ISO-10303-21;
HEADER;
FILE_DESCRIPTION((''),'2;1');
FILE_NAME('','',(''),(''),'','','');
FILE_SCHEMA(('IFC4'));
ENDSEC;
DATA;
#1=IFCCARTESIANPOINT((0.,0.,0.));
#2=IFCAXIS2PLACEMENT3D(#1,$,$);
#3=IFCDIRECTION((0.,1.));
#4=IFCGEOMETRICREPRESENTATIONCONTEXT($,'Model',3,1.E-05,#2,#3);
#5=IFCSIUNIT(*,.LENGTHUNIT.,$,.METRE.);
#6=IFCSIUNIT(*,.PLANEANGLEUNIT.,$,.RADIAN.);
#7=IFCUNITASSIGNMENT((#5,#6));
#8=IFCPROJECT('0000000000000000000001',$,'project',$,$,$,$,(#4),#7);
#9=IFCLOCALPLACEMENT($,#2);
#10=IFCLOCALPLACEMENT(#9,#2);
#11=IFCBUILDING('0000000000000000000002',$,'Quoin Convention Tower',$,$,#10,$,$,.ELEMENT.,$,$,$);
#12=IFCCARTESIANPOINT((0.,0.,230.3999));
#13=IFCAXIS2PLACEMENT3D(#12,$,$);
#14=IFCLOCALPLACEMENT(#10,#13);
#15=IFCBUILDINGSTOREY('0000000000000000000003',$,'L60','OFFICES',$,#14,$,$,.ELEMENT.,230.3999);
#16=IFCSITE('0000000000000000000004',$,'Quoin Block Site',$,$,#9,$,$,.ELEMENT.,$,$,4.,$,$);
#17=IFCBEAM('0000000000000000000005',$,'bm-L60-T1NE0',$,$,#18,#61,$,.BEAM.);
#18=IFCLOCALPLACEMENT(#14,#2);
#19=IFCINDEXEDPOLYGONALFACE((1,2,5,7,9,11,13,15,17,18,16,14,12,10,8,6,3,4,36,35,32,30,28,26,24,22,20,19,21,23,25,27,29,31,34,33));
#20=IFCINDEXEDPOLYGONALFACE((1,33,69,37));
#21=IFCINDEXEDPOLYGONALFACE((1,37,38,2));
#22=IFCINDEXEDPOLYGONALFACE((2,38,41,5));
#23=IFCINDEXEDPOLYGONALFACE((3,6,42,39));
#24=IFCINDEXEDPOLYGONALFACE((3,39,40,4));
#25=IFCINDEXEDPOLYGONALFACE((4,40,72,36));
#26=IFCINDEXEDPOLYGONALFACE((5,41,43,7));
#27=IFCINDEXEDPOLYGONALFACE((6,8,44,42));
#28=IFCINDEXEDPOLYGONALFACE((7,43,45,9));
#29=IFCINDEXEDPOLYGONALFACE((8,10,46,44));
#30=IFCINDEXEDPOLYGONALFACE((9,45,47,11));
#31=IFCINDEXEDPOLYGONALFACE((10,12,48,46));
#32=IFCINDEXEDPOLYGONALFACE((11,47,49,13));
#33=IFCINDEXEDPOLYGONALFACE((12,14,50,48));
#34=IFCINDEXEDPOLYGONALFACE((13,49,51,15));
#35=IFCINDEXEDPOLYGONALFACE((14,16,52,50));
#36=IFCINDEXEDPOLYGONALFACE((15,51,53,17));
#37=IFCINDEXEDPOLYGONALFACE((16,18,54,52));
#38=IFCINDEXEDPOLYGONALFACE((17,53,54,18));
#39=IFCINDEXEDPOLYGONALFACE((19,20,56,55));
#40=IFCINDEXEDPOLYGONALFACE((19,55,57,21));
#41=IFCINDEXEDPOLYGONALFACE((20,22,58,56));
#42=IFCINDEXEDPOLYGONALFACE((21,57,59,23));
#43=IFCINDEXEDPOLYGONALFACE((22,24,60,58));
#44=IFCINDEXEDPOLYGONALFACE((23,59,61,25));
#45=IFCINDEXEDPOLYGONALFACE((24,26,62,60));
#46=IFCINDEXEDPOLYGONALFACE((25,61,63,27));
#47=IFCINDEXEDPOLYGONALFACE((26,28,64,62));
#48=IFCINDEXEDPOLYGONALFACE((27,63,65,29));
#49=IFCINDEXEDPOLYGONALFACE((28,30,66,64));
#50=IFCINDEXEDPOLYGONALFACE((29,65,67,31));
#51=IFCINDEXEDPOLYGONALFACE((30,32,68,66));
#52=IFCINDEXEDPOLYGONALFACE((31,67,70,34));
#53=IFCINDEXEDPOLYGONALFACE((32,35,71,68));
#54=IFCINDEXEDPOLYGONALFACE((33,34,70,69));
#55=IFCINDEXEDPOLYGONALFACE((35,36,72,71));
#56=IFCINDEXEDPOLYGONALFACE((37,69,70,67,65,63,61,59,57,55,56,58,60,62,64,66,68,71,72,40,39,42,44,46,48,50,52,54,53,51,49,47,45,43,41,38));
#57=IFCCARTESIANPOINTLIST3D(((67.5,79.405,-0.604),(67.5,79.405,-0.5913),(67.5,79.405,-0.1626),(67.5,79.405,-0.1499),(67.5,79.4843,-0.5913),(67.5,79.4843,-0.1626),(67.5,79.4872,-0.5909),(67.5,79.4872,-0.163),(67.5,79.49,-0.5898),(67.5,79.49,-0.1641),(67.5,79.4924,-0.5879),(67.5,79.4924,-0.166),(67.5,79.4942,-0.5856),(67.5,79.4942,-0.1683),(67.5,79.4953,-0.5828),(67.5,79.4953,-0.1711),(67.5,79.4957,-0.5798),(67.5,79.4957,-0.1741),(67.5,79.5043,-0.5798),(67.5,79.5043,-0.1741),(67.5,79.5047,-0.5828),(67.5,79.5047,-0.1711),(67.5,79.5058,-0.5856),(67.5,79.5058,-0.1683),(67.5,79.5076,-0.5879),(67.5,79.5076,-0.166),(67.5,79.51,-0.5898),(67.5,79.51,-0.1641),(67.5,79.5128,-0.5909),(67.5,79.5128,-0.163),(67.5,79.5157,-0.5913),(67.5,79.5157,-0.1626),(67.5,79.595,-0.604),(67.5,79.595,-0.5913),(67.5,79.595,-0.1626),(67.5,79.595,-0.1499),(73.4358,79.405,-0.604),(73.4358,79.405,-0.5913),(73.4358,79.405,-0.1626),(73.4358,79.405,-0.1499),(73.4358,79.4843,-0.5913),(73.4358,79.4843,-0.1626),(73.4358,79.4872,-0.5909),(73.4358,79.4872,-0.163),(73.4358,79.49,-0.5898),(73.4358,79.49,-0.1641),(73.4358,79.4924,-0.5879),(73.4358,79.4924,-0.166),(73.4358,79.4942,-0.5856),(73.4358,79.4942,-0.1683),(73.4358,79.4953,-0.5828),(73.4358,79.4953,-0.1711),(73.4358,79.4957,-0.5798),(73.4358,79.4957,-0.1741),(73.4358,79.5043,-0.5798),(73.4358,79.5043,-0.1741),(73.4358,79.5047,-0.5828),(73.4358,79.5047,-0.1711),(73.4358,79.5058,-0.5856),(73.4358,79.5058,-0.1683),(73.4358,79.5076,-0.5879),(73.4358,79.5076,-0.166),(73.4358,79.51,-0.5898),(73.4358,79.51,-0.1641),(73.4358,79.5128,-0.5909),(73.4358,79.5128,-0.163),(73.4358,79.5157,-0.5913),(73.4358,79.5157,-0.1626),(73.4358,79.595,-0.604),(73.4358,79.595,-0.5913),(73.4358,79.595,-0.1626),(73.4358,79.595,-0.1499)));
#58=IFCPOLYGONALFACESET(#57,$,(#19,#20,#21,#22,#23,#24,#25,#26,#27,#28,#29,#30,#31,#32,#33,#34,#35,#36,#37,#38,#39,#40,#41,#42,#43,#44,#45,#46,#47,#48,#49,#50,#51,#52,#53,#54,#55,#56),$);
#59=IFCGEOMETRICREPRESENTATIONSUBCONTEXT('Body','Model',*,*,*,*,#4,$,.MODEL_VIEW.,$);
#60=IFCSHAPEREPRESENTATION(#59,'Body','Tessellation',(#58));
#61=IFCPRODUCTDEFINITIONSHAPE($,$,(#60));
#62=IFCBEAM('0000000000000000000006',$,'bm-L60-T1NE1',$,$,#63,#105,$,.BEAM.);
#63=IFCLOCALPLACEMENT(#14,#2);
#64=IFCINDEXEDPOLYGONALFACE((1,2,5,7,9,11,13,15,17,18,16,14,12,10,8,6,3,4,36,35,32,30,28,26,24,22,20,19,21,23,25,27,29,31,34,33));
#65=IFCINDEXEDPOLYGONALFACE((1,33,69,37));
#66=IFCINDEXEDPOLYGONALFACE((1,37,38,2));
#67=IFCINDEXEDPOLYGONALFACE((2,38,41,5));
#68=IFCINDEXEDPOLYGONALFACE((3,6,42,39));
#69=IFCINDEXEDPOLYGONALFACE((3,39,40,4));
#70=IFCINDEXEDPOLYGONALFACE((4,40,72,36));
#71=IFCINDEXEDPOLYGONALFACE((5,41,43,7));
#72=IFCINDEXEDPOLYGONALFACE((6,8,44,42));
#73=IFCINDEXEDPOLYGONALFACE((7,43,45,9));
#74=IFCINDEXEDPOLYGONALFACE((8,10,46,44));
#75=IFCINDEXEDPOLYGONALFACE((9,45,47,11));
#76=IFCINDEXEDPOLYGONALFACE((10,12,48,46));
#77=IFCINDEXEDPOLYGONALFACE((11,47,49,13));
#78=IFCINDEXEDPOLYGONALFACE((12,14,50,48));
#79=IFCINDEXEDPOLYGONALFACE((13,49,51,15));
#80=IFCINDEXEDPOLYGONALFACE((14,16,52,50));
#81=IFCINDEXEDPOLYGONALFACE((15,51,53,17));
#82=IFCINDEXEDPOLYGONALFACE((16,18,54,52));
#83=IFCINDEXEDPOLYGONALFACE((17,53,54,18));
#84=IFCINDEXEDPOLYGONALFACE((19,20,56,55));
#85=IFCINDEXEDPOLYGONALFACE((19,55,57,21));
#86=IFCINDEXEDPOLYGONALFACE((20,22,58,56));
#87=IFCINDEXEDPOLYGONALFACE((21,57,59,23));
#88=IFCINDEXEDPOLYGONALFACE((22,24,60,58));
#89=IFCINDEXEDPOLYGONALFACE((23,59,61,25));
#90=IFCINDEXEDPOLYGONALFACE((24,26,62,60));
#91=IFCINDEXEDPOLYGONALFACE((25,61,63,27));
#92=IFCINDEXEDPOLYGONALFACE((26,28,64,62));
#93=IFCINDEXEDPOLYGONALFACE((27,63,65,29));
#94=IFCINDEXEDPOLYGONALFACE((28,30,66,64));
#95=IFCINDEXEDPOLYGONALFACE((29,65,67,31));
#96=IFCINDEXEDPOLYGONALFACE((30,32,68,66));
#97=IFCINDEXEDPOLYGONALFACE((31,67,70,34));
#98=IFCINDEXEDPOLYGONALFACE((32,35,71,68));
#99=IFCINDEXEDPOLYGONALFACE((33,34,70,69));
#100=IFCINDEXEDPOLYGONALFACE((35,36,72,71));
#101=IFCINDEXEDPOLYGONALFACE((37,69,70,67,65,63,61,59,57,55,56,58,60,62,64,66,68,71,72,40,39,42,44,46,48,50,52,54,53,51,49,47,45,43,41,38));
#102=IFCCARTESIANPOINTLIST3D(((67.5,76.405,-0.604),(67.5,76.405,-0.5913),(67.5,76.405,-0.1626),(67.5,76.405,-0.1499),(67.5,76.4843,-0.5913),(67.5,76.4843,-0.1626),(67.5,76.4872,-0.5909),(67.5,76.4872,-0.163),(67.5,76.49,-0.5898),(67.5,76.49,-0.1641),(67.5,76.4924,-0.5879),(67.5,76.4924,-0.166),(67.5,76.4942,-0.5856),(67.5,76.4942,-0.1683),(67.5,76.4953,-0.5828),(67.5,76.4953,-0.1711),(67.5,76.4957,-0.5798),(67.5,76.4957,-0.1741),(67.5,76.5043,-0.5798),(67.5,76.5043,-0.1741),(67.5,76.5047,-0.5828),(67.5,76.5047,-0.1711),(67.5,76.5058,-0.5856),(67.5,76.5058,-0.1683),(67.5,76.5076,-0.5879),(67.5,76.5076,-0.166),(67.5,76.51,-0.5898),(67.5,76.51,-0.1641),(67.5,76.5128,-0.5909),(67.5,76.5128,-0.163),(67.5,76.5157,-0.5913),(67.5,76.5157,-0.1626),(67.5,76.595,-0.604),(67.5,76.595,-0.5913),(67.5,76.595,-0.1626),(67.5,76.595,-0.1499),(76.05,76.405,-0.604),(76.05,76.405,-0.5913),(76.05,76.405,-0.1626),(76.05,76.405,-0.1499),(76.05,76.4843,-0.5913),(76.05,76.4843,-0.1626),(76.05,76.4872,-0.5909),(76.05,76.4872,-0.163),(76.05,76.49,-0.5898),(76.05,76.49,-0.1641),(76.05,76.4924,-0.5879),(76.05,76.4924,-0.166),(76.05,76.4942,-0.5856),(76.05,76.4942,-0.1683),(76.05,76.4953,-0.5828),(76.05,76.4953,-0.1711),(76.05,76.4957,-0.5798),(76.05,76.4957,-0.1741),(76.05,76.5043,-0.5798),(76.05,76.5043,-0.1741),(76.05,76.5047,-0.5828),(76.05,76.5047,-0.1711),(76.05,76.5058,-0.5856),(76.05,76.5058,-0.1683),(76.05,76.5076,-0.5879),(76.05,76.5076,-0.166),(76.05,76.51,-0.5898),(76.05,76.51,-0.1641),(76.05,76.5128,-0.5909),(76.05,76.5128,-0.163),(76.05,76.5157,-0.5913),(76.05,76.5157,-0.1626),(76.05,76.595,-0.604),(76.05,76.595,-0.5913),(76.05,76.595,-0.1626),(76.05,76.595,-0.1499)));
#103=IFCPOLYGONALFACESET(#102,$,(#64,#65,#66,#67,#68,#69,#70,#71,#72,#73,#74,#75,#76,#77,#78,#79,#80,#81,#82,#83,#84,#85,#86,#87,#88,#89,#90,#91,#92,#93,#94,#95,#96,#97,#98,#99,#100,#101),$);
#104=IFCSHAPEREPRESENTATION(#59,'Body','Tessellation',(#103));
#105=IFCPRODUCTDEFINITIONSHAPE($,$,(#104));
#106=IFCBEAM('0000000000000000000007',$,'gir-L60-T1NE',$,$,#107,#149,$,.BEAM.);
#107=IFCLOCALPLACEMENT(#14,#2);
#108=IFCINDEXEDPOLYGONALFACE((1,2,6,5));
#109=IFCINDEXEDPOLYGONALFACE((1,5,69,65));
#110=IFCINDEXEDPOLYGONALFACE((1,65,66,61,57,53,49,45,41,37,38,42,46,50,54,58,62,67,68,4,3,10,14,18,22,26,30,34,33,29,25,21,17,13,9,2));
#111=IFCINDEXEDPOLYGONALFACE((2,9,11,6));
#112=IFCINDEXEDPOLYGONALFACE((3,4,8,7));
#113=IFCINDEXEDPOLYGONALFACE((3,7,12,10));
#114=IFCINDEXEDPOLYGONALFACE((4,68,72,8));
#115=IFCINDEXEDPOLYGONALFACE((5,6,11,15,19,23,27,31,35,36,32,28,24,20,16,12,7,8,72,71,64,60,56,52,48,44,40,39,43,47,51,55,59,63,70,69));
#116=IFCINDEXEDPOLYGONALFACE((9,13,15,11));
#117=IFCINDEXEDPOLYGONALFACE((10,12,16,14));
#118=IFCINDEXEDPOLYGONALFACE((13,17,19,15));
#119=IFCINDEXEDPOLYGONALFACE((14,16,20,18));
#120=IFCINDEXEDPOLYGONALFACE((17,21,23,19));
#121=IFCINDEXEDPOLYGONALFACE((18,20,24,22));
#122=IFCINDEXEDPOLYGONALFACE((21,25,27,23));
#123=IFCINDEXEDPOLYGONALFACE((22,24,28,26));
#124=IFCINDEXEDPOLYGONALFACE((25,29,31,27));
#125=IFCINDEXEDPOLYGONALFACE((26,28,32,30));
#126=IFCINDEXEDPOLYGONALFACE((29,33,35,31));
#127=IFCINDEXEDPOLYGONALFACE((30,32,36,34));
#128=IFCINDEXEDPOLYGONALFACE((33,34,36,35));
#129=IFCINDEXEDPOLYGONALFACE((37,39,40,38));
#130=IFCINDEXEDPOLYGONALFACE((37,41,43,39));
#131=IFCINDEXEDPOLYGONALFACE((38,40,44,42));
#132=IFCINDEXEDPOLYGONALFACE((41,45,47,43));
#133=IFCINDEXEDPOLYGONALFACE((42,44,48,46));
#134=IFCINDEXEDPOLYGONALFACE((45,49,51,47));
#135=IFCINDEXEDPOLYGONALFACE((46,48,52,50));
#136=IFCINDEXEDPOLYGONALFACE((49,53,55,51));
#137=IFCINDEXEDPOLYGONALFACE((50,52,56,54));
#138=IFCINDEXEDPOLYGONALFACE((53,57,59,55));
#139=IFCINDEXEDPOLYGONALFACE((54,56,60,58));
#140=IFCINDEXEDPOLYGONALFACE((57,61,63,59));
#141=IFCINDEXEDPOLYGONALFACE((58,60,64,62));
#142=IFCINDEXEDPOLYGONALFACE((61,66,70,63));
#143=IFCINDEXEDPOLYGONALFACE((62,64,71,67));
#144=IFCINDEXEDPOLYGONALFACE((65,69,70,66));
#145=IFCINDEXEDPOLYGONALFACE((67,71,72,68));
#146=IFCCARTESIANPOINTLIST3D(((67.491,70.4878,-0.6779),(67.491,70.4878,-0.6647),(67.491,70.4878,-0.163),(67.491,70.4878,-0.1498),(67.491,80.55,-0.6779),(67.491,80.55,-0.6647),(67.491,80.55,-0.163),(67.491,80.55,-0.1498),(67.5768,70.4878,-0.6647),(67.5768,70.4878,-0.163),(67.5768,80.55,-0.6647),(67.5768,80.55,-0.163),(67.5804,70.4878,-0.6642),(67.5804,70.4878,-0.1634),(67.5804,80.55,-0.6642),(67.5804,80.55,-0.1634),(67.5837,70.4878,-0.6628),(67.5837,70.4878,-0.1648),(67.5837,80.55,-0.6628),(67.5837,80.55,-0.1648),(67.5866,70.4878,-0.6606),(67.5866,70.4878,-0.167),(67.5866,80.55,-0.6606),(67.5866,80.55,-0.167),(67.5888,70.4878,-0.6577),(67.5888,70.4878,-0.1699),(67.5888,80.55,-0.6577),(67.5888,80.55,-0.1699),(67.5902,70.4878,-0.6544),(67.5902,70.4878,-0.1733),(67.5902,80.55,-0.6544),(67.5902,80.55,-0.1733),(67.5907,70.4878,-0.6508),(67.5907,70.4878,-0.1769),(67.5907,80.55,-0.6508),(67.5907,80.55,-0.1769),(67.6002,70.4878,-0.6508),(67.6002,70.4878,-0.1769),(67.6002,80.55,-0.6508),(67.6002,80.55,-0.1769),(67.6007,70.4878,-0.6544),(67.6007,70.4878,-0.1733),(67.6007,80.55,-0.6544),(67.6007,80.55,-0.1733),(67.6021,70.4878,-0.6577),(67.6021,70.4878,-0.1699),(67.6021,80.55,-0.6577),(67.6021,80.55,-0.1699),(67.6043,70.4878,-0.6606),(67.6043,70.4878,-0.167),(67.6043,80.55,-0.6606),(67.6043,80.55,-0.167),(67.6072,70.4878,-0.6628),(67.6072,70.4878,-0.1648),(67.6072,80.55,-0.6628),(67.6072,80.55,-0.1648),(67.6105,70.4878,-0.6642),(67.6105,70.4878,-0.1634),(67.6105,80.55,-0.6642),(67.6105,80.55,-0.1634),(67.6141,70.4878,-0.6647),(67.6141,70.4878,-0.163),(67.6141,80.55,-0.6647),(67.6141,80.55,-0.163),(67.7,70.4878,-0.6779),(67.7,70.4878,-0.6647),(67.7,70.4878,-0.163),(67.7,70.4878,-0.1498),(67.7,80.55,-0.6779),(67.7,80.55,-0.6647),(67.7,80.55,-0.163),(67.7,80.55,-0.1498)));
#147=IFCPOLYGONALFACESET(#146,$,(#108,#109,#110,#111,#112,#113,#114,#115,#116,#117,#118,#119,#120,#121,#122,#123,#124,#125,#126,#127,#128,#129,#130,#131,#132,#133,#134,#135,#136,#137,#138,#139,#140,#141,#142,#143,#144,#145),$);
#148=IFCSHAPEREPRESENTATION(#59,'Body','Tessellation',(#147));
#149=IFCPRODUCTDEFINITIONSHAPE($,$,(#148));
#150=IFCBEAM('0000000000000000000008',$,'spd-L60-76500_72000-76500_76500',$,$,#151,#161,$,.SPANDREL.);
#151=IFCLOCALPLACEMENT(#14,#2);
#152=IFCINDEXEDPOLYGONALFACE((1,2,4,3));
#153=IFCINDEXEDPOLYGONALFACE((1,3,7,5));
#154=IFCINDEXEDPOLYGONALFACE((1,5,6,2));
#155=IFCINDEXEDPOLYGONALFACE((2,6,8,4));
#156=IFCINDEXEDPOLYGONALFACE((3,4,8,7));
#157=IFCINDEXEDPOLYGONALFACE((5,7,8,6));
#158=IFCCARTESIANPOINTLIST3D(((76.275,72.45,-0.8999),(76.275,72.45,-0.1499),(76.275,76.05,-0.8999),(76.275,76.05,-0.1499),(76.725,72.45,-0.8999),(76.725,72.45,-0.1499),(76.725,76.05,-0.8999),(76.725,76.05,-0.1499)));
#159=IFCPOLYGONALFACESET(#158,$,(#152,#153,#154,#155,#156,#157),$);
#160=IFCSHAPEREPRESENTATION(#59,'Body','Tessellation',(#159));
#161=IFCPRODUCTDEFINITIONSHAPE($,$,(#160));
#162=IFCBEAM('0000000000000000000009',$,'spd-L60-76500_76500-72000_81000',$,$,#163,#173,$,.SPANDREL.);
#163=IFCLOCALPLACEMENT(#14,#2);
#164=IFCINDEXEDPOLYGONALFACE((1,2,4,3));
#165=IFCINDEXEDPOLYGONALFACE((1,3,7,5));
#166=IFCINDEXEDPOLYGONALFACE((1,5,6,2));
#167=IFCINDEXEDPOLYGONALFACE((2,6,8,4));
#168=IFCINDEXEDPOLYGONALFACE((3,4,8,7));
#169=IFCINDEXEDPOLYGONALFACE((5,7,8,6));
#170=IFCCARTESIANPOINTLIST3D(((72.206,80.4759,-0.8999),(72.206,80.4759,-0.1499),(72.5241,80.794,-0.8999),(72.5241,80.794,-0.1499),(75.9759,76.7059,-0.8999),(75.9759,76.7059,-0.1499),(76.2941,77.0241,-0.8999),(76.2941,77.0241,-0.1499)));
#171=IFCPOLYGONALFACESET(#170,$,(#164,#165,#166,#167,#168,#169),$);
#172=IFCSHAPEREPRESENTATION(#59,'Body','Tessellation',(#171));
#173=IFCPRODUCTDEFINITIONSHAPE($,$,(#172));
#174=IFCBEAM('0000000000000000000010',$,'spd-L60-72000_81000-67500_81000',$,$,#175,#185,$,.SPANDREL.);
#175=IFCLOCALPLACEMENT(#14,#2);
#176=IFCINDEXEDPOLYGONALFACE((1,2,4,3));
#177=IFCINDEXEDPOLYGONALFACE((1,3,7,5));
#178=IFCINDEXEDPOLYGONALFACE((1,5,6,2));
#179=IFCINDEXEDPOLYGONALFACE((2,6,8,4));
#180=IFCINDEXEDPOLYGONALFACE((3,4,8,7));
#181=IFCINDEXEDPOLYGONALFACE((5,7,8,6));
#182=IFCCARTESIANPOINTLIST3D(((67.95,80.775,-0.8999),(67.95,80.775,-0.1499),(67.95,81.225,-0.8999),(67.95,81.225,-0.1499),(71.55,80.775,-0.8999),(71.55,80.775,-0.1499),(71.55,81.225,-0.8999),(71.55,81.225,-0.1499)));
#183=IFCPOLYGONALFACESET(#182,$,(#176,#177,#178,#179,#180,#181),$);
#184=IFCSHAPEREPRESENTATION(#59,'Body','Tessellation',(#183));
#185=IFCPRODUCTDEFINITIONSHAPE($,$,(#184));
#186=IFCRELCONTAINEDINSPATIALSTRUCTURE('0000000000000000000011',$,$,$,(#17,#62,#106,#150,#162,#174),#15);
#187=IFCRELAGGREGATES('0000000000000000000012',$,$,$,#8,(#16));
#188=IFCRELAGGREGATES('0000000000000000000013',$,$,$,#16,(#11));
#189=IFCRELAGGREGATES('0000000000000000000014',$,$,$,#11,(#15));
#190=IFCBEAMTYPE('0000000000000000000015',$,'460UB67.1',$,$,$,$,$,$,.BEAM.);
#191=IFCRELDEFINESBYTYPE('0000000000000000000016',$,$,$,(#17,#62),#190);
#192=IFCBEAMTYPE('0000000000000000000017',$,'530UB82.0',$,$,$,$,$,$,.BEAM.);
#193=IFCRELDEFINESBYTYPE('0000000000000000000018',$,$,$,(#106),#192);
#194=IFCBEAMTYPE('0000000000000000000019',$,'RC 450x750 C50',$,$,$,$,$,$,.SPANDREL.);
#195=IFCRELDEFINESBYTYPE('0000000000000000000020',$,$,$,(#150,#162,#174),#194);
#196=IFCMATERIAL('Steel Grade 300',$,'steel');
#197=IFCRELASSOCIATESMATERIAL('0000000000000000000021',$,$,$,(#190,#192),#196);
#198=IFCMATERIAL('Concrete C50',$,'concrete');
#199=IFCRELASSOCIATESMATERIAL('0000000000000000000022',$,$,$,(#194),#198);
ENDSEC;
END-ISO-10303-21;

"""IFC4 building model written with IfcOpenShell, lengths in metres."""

from ifc_helpers import new_model, si_unit, direction, frame, origin, origin_2d, place, context, subcontext, project, spatial, rectangle, i_section, extrude, material, material_profile, profile_set, type_object, element, save


model = new_model("IFC4")

# Units and contexts
model_context = context("Model", 3, precision=1e-05, world=origin(), true_north=direction((0.0, 1.0)))
body_context = subcontext(model_context, "Body", "Model", "MODEL_VIEW")
ifc_project = project(units=[si_unit("LENGTHUNIT", "METRE"), si_unit("PLANEANGLEUNIT", "RADIAN")], contexts=[model_context])

# Site, building, storey
site_placement = place(None, origin())
site = spatial("IfcSite", under=ifc_project, at=site_placement, Name="Quoin Block Site", CompositionType="ELEMENT", RefElevation=4.0)
building_placement = place(site_placement, origin())
building = spatial("IfcBuilding", under=site, at=building_placement, Name="Quoin Convention Tower", CompositionType="ELEMENT")
storey_placement = place(building_placement, frame((0.0, 0.0, 230.3999)))
storey = spatial("IfcBuildingStorey", under=building, at=storey_placement, Name="L60", Description="OFFICES", CompositionType="ELEMENT", Elevation=230.3999)

# Shared definitions
ifc_material_1 = material(Name="Concrete C50", Category="concrete")

# Beams
ifc_material_2 = material(Name="Steel Grade 300", Category="steel")
ifc_material_profile_1 = material_profile(ifc_material_2, i_section(OverallWidth=0.1899, OverallDepth=0.4541, WebThickness=0.0085, FlangeThickness=0.0127, FilletRadius=0.0115, at=origin_2d()), Name="460UB67.1")
ifc_profile_set_1 = profile_set([ifc_material_profile_1], Name="Steel Grade 300")
beam_type_1 = type_object("IfcBeamType", Name="460UB67.1", PredefinedType="BEAM", material=ifc_profile_set_1)
beam_1_placement = place(storey_placement, frame((67.5, 79.5, -0.377), z_axis=(1.0, 0.0, 0.0), x_axis=(0.0, 1.0, 0.0)))
element("IfcBeam", 1, at=beam_1_placement, inside=storey, type_object=beam_type_1, Name="bm-L60-T1NE0", PredefinedType="BEAM", context=body_context, shape_type="SweptSolid", body=[
    extrude(i_section(OverallWidth=0.1899, OverallDepth=0.4541, WebThickness=0.0085, FlangeThickness=0.0127, FilletRadius=0.0115, at=origin_2d()), origin(), (0.0, 0.0, 1.0), 5.9358),
])
beam_2_placement = place(storey_placement, frame((67.5, 76.5, -0.377), z_axis=(1.0, 0.0, 0.0), x_axis=(0.0, 1.0, 0.0)))
element("IfcBeam", 2, at=beam_2_placement, inside=storey, type_object=beam_type_1, Name="bm-L60-T1NE1", PredefinedType="BEAM", context=body_context, shape_type="SweptSolid", body=[
    extrude(i_section(OverallWidth=0.1899, OverallDepth=0.4541, WebThickness=0.0085, FlangeThickness=0.0127, FilletRadius=0.0115, at=origin_2d()), origin(), (0.0, 0.0, 1.0), 8.55),
])
ifc_material_profile_2 = material_profile(ifc_material_2, i_section(OverallWidth=0.209, OverallDepth=0.5281, WebThickness=0.0095, FlangeThickness=0.0132, FilletRadius=0.0139, at=origin_2d()), Name="530UB82.0")
ifc_profile_set_2 = profile_set([ifc_material_profile_2], Name="Steel Grade 300")
beam_type_2 = type_object("IfcBeamType", Name="530UB82.0", PredefinedType="BEAM", material=ifc_profile_set_2)
beam_3_placement = place(storey_placement, frame((67.5955, 80.55, -0.4138), z_axis=(0.0, -1.0, 0.0), x_axis=(1.0, 0.0, 0.0)))
element("IfcBeam", 3, at=beam_3_placement, inside=storey, type_object=beam_type_2, Name="gir-L60-T1NE", PredefinedType="BEAM", context=body_context, shape_type="SweptSolid", body=[
    extrude(i_section(OverallWidth=0.209, OverallDepth=0.5281, WebThickness=0.0095, FlangeThickness=0.0132, FilletRadius=0.0139, at=origin_2d()), origin(), (0.0, 0.0, 1.0), 10.0623),
])
ifc_material_profile_3 = material_profile(ifc_material_1, rectangle(XDim=0.45, YDim=0.75, at=origin_2d()), Name="RC 450x750")
ifc_profile_set_3 = profile_set([ifc_material_profile_3], Name="Concrete C50")
beam_type_3 = type_object("IfcBeamType", Name="RC 450x750 C50", PredefinedType="SPANDREL", material=ifc_profile_set_3)
beam_4_placement = place(storey_placement, frame((76.5, 72.45, -0.5249), z_axis=(0.0, 1.0, 0.0), x_axis=(-1.0, 0.0, 0.0)))
element("IfcBeam", 4, at=beam_4_placement, inside=storey, type_object=beam_type_3, Name="spd-L60-76500_72000-76500_76500", PredefinedType="SPANDREL", context=body_context, shape_type="SweptSolid", body=[
    extrude(rectangle(XDim=0.45, YDim=0.75, at=origin_2d()), origin(), (0.0, 0.0, 1.0), 3.6001),
])
beam_5_placement = place(storey_placement, frame((76.135, 76.865, -0.5249), z_axis=(-0.707107, 0.707107, 0.0), x_axis=(-0.707107, -0.707107, 0.0)))
element("IfcBeam", 5, at=beam_5_placement, inside=storey, type_object=beam_type_3, Name="spd-L60-76500_76500-72000_81000", PredefinedType="SPANDREL", context=body_context, shape_type="SweptSolid", body=[
    extrude(rectangle(XDim=0.45, YDim=0.75, at=origin_2d()), origin(), (0.0, 0.0, 1.0), 5.3315),
])
beam_6_placement = place(storey_placement, frame((71.55, 81.0, -0.5249), z_axis=(-1.0, 0.0, 0.0), x_axis=(0.0, -1.0, 0.0)))
element("IfcBeam", 6, at=beam_6_placement, inside=storey, type_object=beam_type_3, Name="spd-L60-72000_81000-67500_81000", PredefinedType="SPANDREL", context=body_context, shape_type="SweptSolid", body=[
    extrude(rectangle(XDim=0.45, YDim=0.75, at=origin_2d()), origin(), (0.0, 0.0, 1.0), 3.6001),
])

save(model, "model.ifc")
